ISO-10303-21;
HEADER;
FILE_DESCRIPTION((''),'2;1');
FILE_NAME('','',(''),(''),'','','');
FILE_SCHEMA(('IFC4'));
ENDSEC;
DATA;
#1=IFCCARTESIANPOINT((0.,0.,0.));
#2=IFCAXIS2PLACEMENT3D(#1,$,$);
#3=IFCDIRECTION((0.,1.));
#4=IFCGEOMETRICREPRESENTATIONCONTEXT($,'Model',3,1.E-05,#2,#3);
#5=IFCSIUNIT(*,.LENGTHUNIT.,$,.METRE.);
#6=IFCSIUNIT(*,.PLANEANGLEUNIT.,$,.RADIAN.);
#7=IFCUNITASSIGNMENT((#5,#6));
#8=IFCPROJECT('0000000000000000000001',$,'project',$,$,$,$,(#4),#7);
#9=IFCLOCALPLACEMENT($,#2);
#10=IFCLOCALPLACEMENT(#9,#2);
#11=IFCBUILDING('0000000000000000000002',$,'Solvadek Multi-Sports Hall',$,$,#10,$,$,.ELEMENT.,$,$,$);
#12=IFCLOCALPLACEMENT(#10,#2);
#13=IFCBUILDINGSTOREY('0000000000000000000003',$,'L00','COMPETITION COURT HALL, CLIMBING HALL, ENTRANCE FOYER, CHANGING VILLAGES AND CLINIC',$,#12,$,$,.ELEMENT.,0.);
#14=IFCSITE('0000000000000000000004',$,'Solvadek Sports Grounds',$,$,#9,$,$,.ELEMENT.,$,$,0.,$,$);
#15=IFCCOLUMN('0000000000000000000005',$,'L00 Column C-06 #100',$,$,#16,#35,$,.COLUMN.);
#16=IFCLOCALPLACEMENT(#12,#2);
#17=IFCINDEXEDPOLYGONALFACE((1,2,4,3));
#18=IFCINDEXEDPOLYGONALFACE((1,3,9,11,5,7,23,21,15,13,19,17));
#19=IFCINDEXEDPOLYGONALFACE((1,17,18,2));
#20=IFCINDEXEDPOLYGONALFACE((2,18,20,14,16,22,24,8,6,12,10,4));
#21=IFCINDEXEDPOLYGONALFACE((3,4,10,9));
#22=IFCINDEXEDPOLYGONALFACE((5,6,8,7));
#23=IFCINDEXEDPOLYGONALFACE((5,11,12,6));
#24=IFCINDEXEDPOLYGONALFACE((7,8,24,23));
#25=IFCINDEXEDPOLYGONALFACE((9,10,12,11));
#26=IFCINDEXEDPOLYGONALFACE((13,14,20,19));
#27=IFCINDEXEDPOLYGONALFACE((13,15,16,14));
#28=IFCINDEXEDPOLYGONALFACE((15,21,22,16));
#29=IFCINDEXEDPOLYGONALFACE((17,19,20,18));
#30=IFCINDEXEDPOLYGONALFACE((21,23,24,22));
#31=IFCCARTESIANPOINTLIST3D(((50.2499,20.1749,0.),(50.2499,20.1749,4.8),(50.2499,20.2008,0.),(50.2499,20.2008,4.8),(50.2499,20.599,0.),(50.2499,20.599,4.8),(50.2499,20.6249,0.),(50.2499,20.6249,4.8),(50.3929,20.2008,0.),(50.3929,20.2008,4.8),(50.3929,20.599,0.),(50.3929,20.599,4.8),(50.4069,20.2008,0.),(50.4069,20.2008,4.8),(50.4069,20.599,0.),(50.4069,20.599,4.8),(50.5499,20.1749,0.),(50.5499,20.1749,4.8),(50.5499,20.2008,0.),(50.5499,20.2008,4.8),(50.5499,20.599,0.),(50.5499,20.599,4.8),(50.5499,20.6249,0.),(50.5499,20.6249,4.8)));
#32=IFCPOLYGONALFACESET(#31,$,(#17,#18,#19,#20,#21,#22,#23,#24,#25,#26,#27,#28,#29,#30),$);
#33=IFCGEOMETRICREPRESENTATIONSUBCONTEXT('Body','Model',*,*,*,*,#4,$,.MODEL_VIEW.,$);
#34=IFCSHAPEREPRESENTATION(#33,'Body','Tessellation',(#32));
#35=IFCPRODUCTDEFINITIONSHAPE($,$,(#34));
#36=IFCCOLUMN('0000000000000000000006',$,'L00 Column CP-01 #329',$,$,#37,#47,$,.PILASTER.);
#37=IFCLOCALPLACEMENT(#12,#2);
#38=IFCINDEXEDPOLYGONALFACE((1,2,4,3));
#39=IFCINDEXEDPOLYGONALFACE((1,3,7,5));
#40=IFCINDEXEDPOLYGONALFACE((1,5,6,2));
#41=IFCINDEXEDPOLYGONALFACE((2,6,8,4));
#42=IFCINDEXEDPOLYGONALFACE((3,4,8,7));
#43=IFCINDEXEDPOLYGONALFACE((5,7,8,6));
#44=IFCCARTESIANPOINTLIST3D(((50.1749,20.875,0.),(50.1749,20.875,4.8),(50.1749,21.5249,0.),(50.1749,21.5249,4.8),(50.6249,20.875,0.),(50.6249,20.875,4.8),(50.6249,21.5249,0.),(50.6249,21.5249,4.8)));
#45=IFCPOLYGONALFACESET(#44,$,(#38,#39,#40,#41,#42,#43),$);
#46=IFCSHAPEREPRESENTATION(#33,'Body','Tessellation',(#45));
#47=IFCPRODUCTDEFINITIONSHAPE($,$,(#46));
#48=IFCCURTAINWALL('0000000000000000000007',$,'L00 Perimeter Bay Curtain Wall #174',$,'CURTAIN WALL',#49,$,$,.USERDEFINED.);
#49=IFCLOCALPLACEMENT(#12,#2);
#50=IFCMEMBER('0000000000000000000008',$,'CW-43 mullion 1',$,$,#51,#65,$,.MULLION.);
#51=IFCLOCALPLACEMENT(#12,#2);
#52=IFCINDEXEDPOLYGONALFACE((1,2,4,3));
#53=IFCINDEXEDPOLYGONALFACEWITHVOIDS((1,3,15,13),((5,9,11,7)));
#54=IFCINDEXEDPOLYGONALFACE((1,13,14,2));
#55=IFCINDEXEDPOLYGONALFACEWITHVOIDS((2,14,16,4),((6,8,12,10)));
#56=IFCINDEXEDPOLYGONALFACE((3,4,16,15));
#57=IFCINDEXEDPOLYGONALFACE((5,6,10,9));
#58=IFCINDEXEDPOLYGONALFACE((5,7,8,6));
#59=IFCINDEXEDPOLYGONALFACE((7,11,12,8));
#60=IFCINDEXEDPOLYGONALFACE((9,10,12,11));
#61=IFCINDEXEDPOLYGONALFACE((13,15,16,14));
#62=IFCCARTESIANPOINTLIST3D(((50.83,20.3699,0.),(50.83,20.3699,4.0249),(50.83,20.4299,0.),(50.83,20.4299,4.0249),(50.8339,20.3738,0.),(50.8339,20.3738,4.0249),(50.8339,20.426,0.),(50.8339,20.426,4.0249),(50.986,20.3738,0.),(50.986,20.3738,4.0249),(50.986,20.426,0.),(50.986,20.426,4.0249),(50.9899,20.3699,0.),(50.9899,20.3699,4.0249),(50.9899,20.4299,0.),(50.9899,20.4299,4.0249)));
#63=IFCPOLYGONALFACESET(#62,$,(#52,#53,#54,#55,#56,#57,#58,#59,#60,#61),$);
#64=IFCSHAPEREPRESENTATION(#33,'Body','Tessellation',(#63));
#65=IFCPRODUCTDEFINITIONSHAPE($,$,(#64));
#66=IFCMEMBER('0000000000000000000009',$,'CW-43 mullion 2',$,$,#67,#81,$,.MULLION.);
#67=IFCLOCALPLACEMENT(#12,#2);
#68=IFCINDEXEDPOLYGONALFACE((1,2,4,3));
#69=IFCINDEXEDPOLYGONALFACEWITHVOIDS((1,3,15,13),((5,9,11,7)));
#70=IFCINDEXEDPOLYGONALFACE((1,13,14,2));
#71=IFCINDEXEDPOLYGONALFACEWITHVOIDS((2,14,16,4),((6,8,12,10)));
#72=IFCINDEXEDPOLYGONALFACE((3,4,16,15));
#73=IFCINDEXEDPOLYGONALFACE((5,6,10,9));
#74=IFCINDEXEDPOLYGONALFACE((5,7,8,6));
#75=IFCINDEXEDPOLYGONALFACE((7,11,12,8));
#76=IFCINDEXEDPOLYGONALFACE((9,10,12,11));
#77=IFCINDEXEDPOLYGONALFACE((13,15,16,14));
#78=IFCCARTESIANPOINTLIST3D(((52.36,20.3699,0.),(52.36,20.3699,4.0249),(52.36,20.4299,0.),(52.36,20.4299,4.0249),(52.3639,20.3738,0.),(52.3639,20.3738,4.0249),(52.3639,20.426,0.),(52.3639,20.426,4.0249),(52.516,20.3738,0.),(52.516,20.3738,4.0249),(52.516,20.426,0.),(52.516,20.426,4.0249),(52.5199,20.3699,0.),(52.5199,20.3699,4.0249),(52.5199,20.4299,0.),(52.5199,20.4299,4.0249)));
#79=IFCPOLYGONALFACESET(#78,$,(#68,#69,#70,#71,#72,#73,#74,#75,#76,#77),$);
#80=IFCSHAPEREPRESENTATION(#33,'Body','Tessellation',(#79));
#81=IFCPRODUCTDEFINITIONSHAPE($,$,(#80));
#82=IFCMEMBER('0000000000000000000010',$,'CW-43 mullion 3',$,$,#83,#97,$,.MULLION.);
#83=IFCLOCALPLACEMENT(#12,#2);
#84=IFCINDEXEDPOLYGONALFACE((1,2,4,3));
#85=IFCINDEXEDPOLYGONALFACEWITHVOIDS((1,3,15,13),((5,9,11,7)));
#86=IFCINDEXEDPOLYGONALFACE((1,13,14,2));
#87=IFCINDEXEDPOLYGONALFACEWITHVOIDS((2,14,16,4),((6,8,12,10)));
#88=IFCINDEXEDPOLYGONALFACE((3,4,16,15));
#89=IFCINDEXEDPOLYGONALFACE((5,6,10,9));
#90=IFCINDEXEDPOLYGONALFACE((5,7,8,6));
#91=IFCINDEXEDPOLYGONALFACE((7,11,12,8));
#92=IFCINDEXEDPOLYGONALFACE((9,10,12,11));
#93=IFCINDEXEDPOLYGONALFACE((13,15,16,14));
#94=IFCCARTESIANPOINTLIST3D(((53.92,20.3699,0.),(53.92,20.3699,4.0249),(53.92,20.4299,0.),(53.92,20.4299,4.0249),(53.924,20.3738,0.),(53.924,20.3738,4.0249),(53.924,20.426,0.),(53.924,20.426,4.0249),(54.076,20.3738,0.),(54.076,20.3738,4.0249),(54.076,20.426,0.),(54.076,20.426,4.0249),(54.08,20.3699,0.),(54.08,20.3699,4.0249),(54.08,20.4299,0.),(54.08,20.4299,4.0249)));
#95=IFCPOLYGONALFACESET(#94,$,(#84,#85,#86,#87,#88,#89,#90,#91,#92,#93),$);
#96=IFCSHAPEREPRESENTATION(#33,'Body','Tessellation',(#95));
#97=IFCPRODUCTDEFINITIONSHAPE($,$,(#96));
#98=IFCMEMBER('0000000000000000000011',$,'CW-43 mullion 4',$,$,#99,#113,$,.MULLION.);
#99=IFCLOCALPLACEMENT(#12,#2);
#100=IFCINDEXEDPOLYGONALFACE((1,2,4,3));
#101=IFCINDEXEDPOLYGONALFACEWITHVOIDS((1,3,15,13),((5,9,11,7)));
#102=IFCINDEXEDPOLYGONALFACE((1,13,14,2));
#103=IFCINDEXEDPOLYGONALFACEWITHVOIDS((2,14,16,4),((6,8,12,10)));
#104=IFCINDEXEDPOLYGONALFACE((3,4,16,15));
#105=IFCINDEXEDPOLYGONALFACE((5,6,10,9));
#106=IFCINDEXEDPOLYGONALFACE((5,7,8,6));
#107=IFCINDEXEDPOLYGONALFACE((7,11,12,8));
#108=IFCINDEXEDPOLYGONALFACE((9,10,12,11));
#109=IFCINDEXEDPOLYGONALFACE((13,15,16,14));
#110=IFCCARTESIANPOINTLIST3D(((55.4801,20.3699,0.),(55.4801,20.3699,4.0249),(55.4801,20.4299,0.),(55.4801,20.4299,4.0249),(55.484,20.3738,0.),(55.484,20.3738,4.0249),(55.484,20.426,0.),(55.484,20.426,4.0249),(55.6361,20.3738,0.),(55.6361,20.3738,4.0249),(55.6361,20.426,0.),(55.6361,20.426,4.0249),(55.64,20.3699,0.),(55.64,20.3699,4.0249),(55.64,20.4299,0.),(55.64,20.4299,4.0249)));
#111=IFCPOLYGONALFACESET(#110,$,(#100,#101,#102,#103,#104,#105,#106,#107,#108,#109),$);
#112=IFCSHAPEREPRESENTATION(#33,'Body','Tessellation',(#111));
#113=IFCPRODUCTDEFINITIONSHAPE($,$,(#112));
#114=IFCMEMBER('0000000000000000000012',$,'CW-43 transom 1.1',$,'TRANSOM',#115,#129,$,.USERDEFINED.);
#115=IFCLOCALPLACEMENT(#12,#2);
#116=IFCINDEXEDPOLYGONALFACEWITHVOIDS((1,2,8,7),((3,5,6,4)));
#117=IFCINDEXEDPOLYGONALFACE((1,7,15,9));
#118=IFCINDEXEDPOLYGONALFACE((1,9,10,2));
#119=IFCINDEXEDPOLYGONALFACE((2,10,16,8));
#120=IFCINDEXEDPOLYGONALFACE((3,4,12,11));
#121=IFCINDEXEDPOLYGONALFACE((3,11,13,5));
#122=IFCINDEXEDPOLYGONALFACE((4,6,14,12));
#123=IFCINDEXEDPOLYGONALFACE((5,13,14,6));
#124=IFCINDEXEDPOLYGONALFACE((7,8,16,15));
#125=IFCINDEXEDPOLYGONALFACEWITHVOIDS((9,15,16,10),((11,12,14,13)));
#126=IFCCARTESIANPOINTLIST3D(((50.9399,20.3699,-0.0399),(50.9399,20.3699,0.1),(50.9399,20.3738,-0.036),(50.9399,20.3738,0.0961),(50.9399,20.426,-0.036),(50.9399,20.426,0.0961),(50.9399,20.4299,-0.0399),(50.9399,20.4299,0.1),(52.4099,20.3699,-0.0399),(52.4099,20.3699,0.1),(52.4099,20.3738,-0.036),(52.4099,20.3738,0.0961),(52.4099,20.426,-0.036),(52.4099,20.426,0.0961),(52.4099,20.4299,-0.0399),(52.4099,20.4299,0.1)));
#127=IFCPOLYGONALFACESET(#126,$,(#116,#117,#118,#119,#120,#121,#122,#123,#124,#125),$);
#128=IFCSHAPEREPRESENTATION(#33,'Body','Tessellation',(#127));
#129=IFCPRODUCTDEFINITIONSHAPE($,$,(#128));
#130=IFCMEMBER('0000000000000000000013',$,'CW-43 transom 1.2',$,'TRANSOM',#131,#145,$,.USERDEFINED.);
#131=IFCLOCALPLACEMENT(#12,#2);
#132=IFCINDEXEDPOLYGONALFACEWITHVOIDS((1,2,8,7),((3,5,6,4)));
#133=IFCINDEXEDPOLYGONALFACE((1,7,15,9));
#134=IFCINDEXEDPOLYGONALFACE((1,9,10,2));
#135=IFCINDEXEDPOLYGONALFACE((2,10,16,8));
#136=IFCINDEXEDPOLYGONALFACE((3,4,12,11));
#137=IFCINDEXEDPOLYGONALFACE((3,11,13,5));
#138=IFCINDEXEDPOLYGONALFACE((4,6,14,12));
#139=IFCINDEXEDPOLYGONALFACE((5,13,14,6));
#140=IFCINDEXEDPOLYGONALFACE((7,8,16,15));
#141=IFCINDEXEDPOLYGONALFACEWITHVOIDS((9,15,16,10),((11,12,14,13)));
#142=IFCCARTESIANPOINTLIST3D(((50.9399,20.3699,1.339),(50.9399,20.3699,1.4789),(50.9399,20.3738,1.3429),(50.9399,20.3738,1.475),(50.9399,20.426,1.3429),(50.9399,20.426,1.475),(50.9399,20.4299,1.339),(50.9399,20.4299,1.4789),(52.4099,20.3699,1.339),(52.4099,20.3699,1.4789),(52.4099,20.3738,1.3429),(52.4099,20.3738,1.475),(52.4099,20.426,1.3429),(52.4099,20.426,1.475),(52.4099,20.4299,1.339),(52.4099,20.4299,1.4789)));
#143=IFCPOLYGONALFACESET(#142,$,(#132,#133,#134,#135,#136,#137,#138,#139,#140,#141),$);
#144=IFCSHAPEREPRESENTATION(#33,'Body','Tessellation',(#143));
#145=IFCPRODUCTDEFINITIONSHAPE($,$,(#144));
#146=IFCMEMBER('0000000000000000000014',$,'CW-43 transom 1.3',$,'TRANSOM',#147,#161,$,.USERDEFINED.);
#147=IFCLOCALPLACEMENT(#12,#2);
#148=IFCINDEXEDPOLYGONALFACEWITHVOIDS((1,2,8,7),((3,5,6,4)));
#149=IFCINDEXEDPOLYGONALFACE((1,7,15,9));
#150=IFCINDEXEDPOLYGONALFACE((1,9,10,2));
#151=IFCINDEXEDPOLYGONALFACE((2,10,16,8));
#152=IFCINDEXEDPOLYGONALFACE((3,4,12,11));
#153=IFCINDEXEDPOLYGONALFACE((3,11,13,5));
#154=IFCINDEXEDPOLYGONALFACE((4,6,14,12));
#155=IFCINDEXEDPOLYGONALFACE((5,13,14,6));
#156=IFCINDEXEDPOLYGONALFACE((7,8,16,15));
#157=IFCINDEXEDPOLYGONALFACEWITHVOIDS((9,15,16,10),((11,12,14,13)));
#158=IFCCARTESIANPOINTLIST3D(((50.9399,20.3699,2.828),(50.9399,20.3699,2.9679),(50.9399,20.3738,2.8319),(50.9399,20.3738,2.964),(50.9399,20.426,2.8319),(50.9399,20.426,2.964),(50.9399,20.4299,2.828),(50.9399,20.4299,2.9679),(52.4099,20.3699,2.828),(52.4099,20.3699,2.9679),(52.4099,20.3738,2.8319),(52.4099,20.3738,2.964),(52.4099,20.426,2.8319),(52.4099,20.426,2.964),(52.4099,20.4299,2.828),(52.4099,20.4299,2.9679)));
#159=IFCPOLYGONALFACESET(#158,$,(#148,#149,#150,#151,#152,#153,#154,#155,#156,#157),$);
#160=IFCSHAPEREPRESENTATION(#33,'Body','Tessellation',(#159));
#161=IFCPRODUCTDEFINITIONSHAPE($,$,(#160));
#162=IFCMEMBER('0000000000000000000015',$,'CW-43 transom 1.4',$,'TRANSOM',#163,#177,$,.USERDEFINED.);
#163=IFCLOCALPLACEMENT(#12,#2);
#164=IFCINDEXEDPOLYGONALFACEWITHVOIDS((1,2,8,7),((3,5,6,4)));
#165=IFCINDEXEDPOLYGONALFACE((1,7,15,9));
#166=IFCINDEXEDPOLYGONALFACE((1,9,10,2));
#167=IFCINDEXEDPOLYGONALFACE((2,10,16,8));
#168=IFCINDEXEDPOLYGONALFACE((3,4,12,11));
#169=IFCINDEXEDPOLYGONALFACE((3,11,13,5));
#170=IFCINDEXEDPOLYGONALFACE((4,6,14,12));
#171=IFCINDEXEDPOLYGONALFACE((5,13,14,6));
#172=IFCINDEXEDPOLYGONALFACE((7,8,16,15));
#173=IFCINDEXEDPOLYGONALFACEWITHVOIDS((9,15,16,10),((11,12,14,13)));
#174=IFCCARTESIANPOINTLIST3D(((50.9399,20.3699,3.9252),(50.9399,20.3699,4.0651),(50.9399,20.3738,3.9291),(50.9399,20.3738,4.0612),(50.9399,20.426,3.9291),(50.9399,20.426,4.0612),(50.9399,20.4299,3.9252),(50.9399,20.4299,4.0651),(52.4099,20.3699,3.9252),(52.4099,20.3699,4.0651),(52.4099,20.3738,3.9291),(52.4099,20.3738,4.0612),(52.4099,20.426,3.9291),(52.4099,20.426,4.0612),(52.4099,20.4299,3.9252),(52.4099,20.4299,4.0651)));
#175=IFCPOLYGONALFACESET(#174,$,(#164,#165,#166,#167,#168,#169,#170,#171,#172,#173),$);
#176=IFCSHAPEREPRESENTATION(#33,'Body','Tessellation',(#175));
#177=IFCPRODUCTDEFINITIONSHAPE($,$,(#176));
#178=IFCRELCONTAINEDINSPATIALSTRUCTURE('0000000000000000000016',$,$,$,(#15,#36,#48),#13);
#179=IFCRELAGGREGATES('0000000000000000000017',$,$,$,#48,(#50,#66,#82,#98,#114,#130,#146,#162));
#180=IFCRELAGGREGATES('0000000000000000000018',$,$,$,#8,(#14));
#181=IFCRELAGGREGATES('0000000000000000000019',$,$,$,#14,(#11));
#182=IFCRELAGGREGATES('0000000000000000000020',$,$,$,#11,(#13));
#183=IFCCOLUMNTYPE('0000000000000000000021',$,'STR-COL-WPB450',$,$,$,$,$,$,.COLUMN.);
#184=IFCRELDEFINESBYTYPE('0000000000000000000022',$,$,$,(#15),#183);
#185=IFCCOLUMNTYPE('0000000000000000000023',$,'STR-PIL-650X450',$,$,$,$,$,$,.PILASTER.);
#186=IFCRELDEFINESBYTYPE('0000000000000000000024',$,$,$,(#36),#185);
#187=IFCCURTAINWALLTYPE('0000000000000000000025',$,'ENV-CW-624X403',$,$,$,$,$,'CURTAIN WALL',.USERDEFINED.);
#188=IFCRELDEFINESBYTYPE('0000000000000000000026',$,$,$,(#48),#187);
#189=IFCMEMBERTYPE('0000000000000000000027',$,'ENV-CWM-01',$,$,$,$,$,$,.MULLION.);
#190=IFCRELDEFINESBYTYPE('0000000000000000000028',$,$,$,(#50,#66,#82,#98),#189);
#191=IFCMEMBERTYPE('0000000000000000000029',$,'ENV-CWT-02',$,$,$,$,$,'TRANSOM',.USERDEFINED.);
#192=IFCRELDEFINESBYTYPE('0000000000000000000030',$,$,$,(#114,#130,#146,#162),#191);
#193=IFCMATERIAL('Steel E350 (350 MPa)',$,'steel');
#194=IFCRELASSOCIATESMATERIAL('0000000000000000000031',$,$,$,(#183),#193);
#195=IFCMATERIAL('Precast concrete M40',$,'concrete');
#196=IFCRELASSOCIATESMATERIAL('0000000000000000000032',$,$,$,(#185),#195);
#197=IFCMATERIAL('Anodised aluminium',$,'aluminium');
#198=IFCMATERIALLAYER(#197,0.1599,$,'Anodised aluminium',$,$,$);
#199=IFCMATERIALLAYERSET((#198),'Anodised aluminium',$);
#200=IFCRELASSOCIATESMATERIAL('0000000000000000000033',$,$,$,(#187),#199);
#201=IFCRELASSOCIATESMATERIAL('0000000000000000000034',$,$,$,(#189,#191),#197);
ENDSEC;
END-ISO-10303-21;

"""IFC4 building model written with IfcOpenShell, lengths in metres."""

from ifc_helpers import new_model, si_unit, direction, frame, origin, origin_2d, place, context, subcontext, project, spatial, rectangle, hollow_rectangle, i_section, extrude, material, layer, layer_set, material_profile, profile_set, type_object, element, aggregate, save


model = new_model("IFC4")

# Units and contexts
model_context = context("Model", 3, precision=1e-05, world=origin(), true_north=direction((0.0, 1.0)))
body_context = subcontext(model_context, "Body", "Model", "MODEL_VIEW")
ifc_project = project(units=[si_unit("LENGTHUNIT", "METRE"), si_unit("PLANEANGLEUNIT", "RADIAN")], contexts=[model_context])

# Site, building, storey
site_placement = place(None, origin())
site = spatial("IfcSite", under=ifc_project, at=site_placement, Name="Solvadek Sports Grounds", CompositionType="ELEMENT", RefElevation=0.0)
building_placement = place(site_placement, origin())
building = spatial("IfcBuilding", under=site, at=building_placement, Name="Solvadek Multi-Sports Hall", CompositionType="ELEMENT")
storey_placement = place(building_placement, origin())
storey = spatial("IfcBuildingStorey", under=building, at=storey_placement, Name="L00", Description="COMPETITION COURT HALL, CLIMBING HALL, ENTRANCE FOYER, CHANGING VILLAGES AND CLINIC", CompositionType="ELEMENT", Elevation=0.0)

# Columns
ifc_material_1 = material(Name="Steel E350 (350 MPa)", Category="steel")
ifc_material_profile_1 = material_profile(ifc_material_1, i_section(OverallWidth=0.3, OverallDepth=0.45, WebThickness=0.0139, FlangeThickness=0.0259, at=origin_2d()), Name="WPB 450")
ifc_profile_set_1 = profile_set([ifc_material_profile_1], Name="Steel E350 (350 MPa)")
column_type_1 = type_object("IfcColumnType", Name="STR-COL-WPB450", PredefinedType="COLUMN", material=ifc_profile_set_1)
column_1_placement = place(storey_placement, frame((50.3999, 20.3999, 0.0), z_axis=(0.0, 0.0, 1.0), x_axis=(1.0, 0.0, 0.0)))
element("IfcColumn", 1, at=column_1_placement, inside=storey, type_object=column_type_1, Name="L00 Column C-06 #100", PredefinedType="COLUMN", context=body_context, shape_type="SweptSolid", body=[
    extrude(i_section(OverallWidth=0.3, OverallDepth=0.45, WebThickness=0.0139, FlangeThickness=0.0259, at=origin_2d()), origin(), (0.0, 0.0, 1.0), 4.8),
])
ifc_material_2 = material(Name="Precast concrete M40", Category="concrete")
ifc_material_profile_2 = material_profile(ifc_material_2, rectangle(XDim=0.45, YDim=0.6499, at=origin_2d()), Name="RC PILASTER 650x450")
ifc_profile_set_2 = profile_set([ifc_material_profile_2], Name="Precast concrete M40")
column_type_2 = type_object("IfcColumnType", Name="STR-PIL-650X450", PredefinedType="PILASTER", material=ifc_profile_set_2)
column_2_placement = place(storey_placement, frame((50.3999, 21.2, 0.0), z_axis=(0.0, 0.0, 1.0), x_axis=(1.0, 0.0, 0.0)))
element("IfcColumn", 2, at=column_2_placement, inside=storey, type_object=column_type_2, Name="L00 Column CP-01 #329", PredefinedType="PILASTER", context=body_context, shape_type="SweptSolid", body=[
    extrude(rectangle(XDim=0.45, YDim=0.6499, at=origin_2d()), origin(), (0.0, 0.0, 1.0), 4.8),
])

# Curtain wall, members
ifc_material_3 = material(Name="Anodised aluminium", Category="aluminium")
ifc_layer_1 = layer(ifc_material_3, 0.1599, Name="Anodised aluminium")
ifc_layer_set_1 = layer_set([ifc_layer_1], Name="Anodised aluminium")
curtain_wall_type = type_object("IfcCurtainWallType", Name="ENV-CW-624X403", ElementType="CURTAIN WALL", PredefinedType="USERDEFINED", material=ifc_layer_set_1)
curtain_wall_placement = place(storey_placement, origin())
curtain_wall = element("IfcCurtainWall", 3, at=curtain_wall_placement, inside=storey, type_object=curtain_wall_type, Name="L00 Perimeter Bay Curtain Wall #174", ObjectType="CURTAIN WALL", PredefinedType="USERDEFINED")
ifc_material_profile_3 = material_profile(ifc_material_3, hollow_rectangle(XDim=0.0601, YDim=0.1599, WallThickness=0.0039, at=origin_2d()), Name="ALU-M 160x60x4")
ifc_profile_set_3 = profile_set([ifc_material_profile_3], Name="Anodised aluminium")
member_type_1 = type_object("IfcMemberType", Name="ENV-CWM-01", PredefinedType="MULLION", material=ifc_profile_set_3)
member_1_placement = place(storey_placement, frame((50.9099, 20.3999, 0.0), z_axis=(0.0, 0.0, 1.0), x_axis=(0.0, 1.0, 0.0)))
member_1 = element("IfcMember", 4, at=member_1_placement, type_object=member_type_1, Name="CW-43 mullion 1", PredefinedType="MULLION", context=body_context, shape_type="SweptSolid", body=[
    extrude(hollow_rectangle(XDim=0.0601, YDim=0.1599, WallThickness=0.0039, at=origin_2d()), origin(), (0.0, 0.0, 1.0), 4.0249),
])
member_2_placement = place(storey_placement, frame((52.4399, 20.3999, 0.0), z_axis=(0.0, 0.0, 1.0), x_axis=(0.0, 1.0, 0.0)))
member_2 = element("IfcMember", 5, at=member_2_placement, type_object=member_type_1, Name="CW-43 mullion 2", PredefinedType="MULLION", context=body_context, shape_type="SweptSolid", body=[
    extrude(hollow_rectangle(XDim=0.0601, YDim=0.1599, WallThickness=0.0039, at=origin_2d()), origin(), (0.0, 0.0, 1.0), 4.0249),
])
member_3_placement = place(storey_placement, frame((54.0, 20.3999, 0.0), z_axis=(0.0, 0.0, 1.0), x_axis=(0.0, 1.0, 0.0)))
member_3 = element("IfcMember", 6, at=member_3_placement, type_object=member_type_1, Name="CW-43 mullion 3", PredefinedType="MULLION", context=body_context, shape_type="SweptSolid", body=[
    extrude(hollow_rectangle(XDim=0.0601, YDim=0.1599, WallThickness=0.0039, at=origin_2d()), origin(), (0.0, 0.0, 1.0), 4.0249),
])
member_4_placement = place(storey_placement, frame((55.5601, 20.3999, 0.0), z_axis=(0.0, 0.0, 1.0), x_axis=(0.0, 1.0, 0.0)))
member_4 = element("IfcMember", 7, at=member_4_placement, type_object=member_type_1, Name="CW-43 mullion 4", PredefinedType="MULLION", context=body_context, shape_type="SweptSolid", body=[
    extrude(hollow_rectangle(XDim=0.0601, YDim=0.1599, WallThickness=0.0039, at=origin_2d()), origin(), (0.0, 0.0, 1.0), 4.0249),
])
ifc_material_profile_4 = material_profile(ifc_material_3, hollow_rectangle(XDim=0.0601, YDim=0.1399, WallThickness=0.0039, at=origin_2d()), Name="ALU-T 140x60x4")
ifc_profile_set_4 = profile_set([ifc_material_profile_4], Name="Anodised aluminium")
member_type_2 = type_object("IfcMemberType", Name="ENV-CWT-02", ElementType="TRANSOM", PredefinedType="USERDEFINED", material=ifc_profile_set_4)
member_5_placement = place(storey_placement, frame((50.9399, 20.3999, 0.03), z_axis=(1.0, 0.0, 0.0), x_axis=(0.0, 1.0, 0.0)))
member_5 = element("IfcMember", 8, at=member_5_placement, type_object=member_type_2, Name="CW-43 transom 1.1", ObjectType="TRANSOM", PredefinedType="USERDEFINED", context=body_context, shape_type="SweptSolid", body=[
    extrude(hollow_rectangle(XDim=0.0601, YDim=0.1399, WallThickness=0.0039, at=origin_2d()), origin(), (0.0, 0.0, 1.0), 1.47),
])
member_6_placement = place(storey_placement, frame((50.9399, 20.3999, 1.4089), z_axis=(1.0, 0.0, 0.0), x_axis=(0.0, 1.0, 0.0)))
member_6 = element("IfcMember", 9, at=member_6_placement, type_object=member_type_2, Name="CW-43 transom 1.2", ObjectType="TRANSOM", PredefinedType="USERDEFINED", context=body_context, shape_type="SweptSolid", body=[
    extrude(hollow_rectangle(XDim=0.0601, YDim=0.1399, WallThickness=0.0039, at=origin_2d()), origin(), (0.0, 0.0, 1.0), 1.47),
])
member_7_placement = place(storey_placement, frame((50.9399, 20.3999, 2.8979), z_axis=(1.0, 0.0, 0.0), x_axis=(0.0, 1.0, 0.0)))
member_7 = element("IfcMember", 10, at=member_7_placement, type_object=member_type_2, Name="CW-43 transom 1.3", ObjectType="TRANSOM", PredefinedType="USERDEFINED", context=body_context, shape_type="SweptSolid", body=[
    extrude(hollow_rectangle(XDim=0.0601, YDim=0.1399, WallThickness=0.0039, at=origin_2d()), origin(), (0.0, 0.0, 1.0), 1.47),
])
member_8_placement = place(storey_placement, frame((50.9399, 20.3999, 3.9951), z_axis=(1.0, 0.0, 0.0), x_axis=(0.0, 1.0, 0.0)))
member_8 = element("IfcMember", 11, at=member_8_placement, type_object=member_type_2, Name="CW-43 transom 1.4", ObjectType="TRANSOM", PredefinedType="USERDEFINED", context=body_context, shape_type="SweptSolid", body=[
    extrude(hollow_rectangle(XDim=0.0601, YDim=0.1399, WallThickness=0.0039, at=origin_2d()), origin(), (0.0, 0.0, 1.0), 1.47),
])

aggregate(curtain_wall, [member_1, member_2, member_3, member_4, member_5, member_6, member_7, member_8])

save(model, "model.ifc")
